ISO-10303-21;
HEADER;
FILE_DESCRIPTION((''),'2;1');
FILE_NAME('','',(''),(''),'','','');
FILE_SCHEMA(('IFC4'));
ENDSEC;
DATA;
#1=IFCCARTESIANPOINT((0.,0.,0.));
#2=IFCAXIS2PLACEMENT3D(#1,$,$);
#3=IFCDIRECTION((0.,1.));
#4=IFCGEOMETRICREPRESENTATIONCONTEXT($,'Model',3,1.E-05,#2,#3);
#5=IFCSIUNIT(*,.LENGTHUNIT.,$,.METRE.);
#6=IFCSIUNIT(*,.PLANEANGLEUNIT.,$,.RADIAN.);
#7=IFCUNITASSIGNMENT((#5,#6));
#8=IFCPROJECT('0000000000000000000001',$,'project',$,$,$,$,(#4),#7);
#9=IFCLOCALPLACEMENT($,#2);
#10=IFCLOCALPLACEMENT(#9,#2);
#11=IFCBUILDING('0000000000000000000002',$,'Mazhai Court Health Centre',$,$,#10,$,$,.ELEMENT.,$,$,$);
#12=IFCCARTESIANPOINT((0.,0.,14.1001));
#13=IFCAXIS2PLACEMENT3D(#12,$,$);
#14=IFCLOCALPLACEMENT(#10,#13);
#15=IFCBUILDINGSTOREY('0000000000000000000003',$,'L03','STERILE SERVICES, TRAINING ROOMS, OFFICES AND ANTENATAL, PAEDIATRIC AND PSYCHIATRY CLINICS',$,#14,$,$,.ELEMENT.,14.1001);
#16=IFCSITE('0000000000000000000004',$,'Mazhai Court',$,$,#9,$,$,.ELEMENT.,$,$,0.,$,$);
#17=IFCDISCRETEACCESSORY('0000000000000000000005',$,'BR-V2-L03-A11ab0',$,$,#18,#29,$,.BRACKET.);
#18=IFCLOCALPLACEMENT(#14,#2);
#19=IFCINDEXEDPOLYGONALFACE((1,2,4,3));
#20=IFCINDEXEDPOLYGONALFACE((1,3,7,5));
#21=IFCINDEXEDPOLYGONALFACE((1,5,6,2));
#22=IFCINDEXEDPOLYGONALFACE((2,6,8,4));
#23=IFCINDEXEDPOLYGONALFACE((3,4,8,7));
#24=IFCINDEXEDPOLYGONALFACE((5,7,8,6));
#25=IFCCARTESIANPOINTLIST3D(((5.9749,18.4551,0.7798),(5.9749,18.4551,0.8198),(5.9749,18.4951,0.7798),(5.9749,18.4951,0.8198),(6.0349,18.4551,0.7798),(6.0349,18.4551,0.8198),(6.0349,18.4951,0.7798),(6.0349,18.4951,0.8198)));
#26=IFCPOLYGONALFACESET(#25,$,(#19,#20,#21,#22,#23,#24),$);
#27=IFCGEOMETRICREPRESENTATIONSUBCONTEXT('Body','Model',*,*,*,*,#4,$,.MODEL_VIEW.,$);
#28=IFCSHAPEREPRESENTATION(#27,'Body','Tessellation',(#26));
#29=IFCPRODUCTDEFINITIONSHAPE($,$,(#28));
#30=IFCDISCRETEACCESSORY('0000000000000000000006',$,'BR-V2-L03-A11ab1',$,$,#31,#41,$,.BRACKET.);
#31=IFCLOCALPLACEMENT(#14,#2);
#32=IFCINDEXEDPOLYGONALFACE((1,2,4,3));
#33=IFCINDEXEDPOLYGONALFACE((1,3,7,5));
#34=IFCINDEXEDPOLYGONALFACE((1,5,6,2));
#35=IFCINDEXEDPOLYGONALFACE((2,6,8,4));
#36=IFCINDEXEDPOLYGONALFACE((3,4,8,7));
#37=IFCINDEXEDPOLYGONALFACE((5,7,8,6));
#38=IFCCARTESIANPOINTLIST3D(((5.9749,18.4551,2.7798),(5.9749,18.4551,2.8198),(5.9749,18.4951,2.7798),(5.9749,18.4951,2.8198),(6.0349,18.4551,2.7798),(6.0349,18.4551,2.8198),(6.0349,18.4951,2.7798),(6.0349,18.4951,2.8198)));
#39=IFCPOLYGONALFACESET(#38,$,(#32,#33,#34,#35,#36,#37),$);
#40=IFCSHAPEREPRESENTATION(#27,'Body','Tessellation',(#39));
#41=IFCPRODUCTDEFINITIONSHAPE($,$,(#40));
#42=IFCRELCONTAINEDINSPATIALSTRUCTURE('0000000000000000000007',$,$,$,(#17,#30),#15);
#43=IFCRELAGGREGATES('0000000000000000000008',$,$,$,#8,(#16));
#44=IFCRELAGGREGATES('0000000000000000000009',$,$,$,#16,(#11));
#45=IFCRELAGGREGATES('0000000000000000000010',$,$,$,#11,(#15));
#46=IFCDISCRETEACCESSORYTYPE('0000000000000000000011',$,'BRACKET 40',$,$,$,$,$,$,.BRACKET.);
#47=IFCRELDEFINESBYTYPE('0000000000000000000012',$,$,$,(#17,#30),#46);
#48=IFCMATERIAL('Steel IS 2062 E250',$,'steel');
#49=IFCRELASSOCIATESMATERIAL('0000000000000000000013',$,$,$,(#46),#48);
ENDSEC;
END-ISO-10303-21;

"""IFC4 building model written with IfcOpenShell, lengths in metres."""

from ifc_helpers import new_model, si_unit, direction, frame, origin, origin_2d, place, context, subcontext, project, spatial, rectangle, extrude, material, type_object, element, save


model = new_model("IFC4")

# Units and contexts
model_context = context("Model", 3, precision=1e-05, world=origin(), true_north=direction((0.0, 1.0)))
body_context = subcontext(model_context, "Body", "Model", "MODEL_VIEW")
ifc_project = project(units=[si_unit("LENGTHUNIT", "METRE"), si_unit("PLANEANGLEUNIT", "RADIAN")], contexts=[model_context])

# Site, building, storey
site_placement = place(None, origin())
site = spatial("IfcSite", under=ifc_project, at=site_placement, Name="Mazhai Court", CompositionType="ELEMENT", RefElevation=0.0)
building_placement = place(site_placement, origin())
building = spatial("IfcBuilding", under=site, at=building_placement, Name="Mazhai Court Health Centre", CompositionType="ELEMENT")
storey_placement = place(building_placement, frame((0.0, 0.0, 14.1001)))
storey = spatial("IfcBuildingStorey", under=building, at=storey_placement, Name="L03", Description="STERILE SERVICES, TRAINING ROOMS, OFFICES AND ANTENATAL, PAEDIATRIC AND PSYCHIATRY CLINICS", CompositionType="ELEMENT", Elevation=14.1001)

# Discrete accessories
ifc_material_1 = material(Name="Steel IS 2062 E250", Category="steel")
discrete_accessory_type = type_object("IfcDiscreteAccessoryType", Name="BRACKET 40", PredefinedType="BRACKET", material=ifc_material_1)
for number, where, z_axis, x_axis, name in (
    (1, (6.0049, 18.4751, 0.7798), (0.0, 0.0, 1.0), (0.0, 1.0, 0.0), "BR-V2-L03-A11ab0"),
    (2, (6.0049, 18.4751, 2.7798), (0.0, 0.0, 1.0), (0.0, 1.0, 0.0), "BR-V2-L03-A11ab1"),
):
    element("IfcDiscreteAccessory", number, at=place(storey_placement, frame(where, z_axis=z_axis, x_axis=x_axis)), inside=storey, type_object=discrete_accessory_type, Name=name, PredefinedType="BRACKET", context=body_context, shape_type="SweptSolid", body=[
        extrude(rectangle(XDim=0.04, YDim=0.0601, at=origin_2d()), origin(), (0.0, 0.0, 1.0), 0.04),
    ])

save(model, "model.ifc")
